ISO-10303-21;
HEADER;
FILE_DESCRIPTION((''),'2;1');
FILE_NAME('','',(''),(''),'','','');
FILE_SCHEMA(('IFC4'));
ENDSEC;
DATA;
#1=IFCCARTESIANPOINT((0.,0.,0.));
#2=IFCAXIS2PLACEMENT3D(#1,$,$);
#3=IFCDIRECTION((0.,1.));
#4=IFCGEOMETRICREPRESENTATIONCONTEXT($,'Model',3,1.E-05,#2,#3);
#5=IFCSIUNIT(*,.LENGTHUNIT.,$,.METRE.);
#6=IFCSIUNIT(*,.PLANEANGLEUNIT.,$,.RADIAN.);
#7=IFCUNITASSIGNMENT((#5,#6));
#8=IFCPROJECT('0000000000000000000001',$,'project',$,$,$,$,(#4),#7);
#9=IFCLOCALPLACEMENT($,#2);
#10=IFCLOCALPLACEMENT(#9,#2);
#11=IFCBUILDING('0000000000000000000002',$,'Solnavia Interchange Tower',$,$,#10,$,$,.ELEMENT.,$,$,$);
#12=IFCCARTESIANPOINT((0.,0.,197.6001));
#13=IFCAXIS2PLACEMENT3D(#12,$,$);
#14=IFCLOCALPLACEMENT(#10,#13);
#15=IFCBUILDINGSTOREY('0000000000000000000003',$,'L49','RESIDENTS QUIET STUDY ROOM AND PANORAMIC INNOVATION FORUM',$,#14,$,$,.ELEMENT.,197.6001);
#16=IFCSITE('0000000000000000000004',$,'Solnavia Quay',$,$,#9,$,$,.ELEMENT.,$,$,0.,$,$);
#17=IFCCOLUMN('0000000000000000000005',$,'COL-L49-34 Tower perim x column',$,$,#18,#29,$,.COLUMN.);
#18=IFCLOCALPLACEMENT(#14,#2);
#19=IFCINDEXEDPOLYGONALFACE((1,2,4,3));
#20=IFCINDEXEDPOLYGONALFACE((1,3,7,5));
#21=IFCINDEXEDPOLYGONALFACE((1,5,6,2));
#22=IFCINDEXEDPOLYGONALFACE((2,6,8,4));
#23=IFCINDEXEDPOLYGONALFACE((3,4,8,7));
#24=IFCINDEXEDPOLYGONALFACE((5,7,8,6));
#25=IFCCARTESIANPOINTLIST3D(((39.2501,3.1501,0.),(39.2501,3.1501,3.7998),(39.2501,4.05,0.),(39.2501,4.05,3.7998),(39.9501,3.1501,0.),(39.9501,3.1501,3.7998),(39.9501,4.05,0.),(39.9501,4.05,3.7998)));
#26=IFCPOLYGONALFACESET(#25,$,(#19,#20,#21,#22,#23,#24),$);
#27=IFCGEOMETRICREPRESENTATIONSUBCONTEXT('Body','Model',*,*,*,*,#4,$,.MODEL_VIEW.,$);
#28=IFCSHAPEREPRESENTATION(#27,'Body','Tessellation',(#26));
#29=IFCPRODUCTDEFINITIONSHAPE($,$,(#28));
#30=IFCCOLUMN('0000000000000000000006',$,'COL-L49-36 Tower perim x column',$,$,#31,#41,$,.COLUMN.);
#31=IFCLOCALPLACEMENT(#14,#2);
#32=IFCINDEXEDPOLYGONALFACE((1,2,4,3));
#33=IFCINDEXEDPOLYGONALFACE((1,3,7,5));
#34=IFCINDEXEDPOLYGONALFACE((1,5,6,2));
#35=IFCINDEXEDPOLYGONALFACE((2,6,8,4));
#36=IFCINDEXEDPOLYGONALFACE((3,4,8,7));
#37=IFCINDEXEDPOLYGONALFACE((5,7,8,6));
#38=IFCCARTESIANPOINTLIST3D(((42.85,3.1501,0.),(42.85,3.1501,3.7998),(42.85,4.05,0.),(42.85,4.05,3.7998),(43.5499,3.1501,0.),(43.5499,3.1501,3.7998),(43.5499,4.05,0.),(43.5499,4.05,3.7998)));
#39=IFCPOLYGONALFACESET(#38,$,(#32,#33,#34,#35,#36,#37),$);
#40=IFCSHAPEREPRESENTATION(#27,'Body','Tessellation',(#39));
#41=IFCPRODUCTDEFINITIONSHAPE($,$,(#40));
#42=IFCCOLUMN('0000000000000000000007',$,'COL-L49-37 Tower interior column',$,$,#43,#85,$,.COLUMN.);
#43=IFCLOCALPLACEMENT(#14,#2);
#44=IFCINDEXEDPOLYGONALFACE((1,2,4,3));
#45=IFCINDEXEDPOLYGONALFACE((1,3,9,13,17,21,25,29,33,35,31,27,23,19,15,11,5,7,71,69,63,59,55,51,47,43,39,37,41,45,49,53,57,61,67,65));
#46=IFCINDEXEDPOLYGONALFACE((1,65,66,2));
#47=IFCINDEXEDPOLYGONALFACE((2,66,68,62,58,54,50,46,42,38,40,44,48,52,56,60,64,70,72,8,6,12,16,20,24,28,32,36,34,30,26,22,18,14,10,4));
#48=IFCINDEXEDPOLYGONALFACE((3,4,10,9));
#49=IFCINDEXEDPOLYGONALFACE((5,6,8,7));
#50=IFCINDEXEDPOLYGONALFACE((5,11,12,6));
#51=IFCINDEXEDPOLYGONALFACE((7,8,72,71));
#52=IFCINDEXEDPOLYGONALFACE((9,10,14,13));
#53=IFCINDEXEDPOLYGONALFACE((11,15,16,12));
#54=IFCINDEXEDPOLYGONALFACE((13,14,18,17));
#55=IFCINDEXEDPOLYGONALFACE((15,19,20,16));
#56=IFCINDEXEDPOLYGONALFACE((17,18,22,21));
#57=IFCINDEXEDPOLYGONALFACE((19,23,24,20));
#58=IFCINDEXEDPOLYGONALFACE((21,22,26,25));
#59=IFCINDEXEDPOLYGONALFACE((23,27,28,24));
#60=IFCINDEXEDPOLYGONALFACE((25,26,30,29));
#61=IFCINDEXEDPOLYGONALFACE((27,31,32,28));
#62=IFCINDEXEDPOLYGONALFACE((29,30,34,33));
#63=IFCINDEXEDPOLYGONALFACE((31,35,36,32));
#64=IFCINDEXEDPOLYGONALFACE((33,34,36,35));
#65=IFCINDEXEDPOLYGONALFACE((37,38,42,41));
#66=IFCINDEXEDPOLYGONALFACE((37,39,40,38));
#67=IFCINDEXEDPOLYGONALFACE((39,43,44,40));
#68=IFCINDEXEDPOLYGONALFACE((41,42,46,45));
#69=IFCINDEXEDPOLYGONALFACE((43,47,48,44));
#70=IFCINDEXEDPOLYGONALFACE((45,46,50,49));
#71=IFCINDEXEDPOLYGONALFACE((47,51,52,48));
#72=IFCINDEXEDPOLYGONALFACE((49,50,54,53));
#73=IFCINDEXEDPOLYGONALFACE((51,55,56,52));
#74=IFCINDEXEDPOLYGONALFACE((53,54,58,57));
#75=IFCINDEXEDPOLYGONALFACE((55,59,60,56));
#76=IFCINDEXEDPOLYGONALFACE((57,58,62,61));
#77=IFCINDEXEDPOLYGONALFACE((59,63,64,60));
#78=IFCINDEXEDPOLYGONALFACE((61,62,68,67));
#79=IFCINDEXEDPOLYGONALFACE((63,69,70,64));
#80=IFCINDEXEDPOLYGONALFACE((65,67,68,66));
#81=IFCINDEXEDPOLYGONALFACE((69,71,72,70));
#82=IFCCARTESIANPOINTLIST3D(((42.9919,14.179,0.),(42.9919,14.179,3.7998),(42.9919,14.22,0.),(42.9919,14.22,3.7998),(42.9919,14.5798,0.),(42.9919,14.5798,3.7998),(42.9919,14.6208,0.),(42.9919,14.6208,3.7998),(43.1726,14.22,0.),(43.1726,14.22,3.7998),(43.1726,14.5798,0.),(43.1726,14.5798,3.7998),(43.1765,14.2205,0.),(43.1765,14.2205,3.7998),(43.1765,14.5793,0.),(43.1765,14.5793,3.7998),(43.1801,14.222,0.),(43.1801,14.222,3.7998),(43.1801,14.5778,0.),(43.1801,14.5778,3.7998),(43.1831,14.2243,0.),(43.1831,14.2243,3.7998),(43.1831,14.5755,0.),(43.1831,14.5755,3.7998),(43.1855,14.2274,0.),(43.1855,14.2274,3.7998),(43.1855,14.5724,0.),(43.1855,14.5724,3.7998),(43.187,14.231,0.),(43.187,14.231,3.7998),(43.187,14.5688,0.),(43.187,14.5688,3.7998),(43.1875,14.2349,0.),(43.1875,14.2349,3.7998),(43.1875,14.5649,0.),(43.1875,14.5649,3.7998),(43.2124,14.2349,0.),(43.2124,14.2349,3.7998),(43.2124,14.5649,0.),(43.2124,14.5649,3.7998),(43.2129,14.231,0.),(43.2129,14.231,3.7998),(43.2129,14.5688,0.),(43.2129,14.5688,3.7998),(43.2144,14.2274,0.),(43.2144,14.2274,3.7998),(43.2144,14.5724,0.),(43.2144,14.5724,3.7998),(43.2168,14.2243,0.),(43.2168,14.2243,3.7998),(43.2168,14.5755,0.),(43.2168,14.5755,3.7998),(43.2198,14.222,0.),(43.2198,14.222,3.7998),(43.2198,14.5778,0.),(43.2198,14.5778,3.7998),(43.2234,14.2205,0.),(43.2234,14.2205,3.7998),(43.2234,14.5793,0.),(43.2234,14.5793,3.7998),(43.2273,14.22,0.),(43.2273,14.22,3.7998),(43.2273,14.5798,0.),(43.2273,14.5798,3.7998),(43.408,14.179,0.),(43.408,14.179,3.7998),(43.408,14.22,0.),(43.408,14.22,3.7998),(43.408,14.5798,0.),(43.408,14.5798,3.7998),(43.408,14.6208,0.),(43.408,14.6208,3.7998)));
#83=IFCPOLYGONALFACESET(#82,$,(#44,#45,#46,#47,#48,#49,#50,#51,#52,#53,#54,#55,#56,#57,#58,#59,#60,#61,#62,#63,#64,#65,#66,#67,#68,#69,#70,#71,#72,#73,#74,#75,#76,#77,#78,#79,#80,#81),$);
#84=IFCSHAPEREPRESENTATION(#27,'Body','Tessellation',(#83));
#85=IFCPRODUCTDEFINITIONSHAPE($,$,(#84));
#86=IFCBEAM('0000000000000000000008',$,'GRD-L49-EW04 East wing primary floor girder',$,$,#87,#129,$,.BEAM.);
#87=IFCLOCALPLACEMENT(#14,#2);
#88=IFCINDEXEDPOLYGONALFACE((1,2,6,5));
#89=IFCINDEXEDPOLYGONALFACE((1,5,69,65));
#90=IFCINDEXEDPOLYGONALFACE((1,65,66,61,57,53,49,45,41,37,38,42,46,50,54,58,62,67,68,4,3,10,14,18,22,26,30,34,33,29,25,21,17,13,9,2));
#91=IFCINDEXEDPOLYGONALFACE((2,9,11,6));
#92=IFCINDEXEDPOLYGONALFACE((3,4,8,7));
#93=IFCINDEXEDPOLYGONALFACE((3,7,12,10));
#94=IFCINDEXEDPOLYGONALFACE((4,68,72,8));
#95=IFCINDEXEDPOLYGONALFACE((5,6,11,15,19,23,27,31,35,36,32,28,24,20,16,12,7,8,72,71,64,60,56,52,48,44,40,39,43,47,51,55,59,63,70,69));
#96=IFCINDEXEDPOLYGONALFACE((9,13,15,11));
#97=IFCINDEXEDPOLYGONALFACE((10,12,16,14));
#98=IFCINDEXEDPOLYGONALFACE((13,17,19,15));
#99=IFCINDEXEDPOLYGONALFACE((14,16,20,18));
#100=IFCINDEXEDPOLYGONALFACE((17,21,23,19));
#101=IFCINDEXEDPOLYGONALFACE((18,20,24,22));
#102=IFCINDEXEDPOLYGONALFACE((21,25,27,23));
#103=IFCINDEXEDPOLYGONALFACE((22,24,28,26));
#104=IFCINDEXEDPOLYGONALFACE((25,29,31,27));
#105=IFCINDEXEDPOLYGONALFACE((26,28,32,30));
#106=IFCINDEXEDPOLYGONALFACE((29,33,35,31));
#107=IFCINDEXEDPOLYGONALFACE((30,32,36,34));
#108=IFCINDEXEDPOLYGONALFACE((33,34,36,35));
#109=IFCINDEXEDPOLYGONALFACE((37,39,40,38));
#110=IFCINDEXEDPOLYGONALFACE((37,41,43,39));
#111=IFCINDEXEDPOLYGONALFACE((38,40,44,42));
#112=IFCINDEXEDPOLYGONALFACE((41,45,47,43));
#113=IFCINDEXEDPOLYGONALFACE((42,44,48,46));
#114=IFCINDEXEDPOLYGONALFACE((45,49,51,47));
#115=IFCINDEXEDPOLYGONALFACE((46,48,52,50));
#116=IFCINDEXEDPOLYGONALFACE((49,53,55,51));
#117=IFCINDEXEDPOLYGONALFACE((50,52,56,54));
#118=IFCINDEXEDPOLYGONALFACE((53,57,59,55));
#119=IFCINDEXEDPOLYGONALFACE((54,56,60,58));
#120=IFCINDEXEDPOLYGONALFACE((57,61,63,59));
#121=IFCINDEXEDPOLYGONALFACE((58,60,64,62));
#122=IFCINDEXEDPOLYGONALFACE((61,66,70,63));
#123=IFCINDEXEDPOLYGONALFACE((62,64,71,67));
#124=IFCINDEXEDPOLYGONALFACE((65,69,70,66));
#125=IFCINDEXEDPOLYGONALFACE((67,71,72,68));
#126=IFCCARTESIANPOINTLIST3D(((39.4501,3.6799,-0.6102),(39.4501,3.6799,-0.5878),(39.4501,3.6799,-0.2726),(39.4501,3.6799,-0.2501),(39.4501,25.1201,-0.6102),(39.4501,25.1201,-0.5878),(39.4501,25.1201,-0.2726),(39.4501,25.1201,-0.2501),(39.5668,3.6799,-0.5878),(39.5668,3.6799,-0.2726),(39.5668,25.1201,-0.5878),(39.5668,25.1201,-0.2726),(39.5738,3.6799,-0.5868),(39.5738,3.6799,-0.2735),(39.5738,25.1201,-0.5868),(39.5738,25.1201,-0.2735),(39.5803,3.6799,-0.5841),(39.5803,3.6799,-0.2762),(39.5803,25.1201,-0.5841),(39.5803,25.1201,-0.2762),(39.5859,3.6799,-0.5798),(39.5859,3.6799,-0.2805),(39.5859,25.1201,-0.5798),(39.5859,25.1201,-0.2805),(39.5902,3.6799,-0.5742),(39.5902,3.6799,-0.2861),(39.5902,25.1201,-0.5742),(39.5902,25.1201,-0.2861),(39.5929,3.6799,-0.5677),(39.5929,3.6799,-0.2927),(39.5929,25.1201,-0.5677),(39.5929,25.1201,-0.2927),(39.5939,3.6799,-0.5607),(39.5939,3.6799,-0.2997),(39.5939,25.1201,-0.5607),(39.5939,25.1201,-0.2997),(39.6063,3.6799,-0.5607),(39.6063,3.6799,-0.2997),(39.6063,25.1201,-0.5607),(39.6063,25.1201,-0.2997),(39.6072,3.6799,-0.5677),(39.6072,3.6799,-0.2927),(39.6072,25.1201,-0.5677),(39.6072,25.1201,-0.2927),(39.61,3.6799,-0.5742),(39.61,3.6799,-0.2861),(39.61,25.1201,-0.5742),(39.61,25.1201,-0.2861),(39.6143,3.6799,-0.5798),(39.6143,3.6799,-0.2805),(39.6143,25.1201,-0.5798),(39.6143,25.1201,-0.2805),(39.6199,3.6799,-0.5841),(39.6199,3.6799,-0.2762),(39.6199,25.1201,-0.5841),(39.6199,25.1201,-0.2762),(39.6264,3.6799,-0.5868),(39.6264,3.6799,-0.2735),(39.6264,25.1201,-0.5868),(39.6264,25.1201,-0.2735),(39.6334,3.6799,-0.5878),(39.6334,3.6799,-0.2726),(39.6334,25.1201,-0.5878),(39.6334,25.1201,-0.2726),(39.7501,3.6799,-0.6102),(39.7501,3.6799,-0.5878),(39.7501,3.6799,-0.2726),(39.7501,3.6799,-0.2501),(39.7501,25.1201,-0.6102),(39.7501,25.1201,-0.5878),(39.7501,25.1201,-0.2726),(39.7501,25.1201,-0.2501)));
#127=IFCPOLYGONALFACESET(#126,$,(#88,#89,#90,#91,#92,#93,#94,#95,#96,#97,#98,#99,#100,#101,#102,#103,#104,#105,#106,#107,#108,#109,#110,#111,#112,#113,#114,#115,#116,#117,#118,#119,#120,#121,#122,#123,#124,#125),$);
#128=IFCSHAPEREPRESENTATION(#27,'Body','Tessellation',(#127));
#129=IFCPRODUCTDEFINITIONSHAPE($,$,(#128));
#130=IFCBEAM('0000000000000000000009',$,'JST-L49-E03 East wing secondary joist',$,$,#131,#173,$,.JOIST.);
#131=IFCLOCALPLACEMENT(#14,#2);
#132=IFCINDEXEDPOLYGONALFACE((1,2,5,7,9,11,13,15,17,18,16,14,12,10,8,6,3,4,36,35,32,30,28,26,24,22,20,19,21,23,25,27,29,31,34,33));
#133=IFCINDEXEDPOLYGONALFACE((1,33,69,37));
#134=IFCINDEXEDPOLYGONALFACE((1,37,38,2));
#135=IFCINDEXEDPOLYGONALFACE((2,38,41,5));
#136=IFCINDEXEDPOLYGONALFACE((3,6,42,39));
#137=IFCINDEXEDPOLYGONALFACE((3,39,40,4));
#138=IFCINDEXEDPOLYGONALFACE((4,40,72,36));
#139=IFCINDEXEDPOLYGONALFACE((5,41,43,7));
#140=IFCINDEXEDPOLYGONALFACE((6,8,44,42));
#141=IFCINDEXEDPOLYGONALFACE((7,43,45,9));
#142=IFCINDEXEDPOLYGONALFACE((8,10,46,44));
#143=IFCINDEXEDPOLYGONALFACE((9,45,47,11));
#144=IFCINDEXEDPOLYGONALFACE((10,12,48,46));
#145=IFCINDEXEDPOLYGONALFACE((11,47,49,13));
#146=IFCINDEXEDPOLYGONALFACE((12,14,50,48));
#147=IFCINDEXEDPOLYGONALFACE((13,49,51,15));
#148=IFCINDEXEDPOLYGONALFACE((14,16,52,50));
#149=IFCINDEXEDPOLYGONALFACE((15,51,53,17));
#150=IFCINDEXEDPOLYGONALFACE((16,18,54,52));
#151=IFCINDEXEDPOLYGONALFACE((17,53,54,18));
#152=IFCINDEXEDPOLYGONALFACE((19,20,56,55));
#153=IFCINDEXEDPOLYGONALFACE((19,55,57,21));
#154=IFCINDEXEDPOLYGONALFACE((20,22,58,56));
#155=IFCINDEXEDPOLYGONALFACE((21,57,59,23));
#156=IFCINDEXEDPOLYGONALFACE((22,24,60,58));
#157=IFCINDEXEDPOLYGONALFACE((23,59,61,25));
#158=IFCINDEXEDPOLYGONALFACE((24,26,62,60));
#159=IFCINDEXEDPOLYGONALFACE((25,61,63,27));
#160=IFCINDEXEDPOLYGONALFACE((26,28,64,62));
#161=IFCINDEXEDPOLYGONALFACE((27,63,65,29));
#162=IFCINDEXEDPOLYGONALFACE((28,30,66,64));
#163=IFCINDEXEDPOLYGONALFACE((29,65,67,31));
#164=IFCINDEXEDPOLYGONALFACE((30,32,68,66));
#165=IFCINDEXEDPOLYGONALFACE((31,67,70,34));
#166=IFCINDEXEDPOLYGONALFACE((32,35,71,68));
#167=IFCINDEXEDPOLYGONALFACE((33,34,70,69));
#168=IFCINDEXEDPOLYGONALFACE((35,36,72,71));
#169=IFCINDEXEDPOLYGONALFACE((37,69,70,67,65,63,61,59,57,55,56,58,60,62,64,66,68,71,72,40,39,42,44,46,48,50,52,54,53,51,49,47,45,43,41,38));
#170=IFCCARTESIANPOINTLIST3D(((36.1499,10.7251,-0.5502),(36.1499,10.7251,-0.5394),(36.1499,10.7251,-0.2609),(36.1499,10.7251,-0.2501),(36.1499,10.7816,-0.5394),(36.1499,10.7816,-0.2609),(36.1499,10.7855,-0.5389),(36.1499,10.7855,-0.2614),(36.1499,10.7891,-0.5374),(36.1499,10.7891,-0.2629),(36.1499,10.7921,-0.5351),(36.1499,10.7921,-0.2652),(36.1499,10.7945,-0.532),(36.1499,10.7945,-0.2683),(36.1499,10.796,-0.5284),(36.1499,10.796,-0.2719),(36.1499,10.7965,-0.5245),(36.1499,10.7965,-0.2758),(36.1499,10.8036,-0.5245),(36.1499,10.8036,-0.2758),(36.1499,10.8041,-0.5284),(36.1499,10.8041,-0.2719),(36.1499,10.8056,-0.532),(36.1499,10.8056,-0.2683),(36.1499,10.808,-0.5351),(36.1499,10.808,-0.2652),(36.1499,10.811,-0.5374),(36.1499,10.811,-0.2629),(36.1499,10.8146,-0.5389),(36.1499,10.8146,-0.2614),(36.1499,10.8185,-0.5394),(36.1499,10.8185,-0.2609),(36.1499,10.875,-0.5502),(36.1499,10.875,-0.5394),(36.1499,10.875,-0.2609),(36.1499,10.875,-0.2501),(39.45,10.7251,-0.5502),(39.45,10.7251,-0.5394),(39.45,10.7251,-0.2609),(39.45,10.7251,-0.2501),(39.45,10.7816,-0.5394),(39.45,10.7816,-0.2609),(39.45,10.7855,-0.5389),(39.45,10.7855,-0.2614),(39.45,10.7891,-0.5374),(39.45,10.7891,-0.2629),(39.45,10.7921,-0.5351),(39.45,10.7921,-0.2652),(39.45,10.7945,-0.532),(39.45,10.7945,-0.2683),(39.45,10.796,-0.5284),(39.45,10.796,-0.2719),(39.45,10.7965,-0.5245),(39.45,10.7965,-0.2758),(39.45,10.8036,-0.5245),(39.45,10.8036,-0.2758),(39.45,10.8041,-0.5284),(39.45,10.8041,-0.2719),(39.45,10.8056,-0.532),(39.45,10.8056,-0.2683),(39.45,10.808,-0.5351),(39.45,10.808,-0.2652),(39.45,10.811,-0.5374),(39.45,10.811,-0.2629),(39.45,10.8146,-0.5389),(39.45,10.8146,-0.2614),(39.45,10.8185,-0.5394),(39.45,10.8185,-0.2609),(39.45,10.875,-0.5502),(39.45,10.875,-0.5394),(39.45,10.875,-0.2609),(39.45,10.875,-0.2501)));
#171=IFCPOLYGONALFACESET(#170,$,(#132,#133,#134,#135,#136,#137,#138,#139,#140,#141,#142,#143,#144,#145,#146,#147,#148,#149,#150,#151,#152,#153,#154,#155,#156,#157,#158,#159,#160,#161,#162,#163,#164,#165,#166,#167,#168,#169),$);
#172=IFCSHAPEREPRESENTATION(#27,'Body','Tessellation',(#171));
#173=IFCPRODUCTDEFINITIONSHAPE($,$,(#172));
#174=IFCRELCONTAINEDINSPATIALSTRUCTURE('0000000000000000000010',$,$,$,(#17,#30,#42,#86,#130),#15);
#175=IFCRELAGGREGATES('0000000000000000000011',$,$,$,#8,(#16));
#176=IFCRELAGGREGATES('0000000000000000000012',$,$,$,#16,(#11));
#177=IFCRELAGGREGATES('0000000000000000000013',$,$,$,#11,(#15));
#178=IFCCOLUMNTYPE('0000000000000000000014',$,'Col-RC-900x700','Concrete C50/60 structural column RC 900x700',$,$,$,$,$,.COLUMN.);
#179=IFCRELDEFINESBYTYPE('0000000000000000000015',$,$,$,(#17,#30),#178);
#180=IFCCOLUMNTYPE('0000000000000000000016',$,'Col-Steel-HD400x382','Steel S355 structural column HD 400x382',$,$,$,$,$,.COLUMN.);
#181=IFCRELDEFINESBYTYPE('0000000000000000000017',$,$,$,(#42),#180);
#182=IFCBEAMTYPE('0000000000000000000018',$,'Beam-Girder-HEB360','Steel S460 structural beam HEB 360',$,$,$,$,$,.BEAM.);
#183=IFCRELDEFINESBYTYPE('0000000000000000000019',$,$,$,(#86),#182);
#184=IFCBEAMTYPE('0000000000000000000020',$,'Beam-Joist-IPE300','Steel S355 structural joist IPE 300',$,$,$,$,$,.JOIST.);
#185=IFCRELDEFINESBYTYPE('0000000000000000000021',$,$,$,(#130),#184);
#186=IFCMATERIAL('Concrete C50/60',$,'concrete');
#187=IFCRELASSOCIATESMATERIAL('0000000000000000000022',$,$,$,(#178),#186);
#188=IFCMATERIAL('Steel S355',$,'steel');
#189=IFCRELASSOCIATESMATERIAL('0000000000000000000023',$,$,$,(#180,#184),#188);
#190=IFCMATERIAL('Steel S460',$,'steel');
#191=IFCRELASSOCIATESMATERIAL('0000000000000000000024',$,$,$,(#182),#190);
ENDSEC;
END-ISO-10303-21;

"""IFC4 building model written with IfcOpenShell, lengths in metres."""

from ifc_helpers import new_model, si_unit, direction, frame, origin, origin_2d, place, context, subcontext, project, spatial, rectangle, i_section, extrude, material, material_profile, profile_set, type_object, element, save


model = new_model("IFC4")

# Units and contexts
model_context = context("Model", 3, precision=1e-05, world=origin(), true_north=direction((0.0, 1.0)))
body_context = subcontext(model_context, "Body", "Model", "MODEL_VIEW")
ifc_project = project(units=[si_unit("LENGTHUNIT", "METRE"), si_unit("PLANEANGLEUNIT", "RADIAN")], contexts=[model_context])

# Site, building, storey
site_placement = place(None, origin())
site = spatial("IfcSite", under=ifc_project, at=site_placement, Name="Solnavia Quay", CompositionType="ELEMENT", RefElevation=0.0)
building_placement = place(site_placement, origin())
building = spatial("IfcBuilding", under=site, at=building_placement, Name="Solnavia Interchange Tower", CompositionType="ELEMENT")
storey_placement = place(building_placement, frame((0.0, 0.0, 197.6001)))
storey = spatial("IfcBuildingStorey", under=building, at=storey_placement, Name="L49", Description="RESIDENTS QUIET STUDY ROOM AND PANORAMIC INNOVATION FORUM", CompositionType="ELEMENT", Elevation=197.6001)

# Columns
ifc_material_1 = material(Name="Concrete C50/60", Category="concrete")
ifc_material_profile_1 = material_profile(ifc_material_1, rectangle(XDim=0.7, YDim=0.8999, at=origin_2d()), Name="RC 900x700")
ifc_profile_set_1 = profile_set([ifc_material_profile_1], Name="Concrete C50/60")
column_type_1 = type_object("IfcColumnType", Name="Col-RC-900x700", Description="Concrete C50/60 structural column RC 900x700", PredefinedType="COLUMN", material=ifc_profile_set_1)
for number, where, z_axis, x_axis, name in (
    (1, (39.6001, 3.6001, 0.0), (0.0, 0.0, 1.0), (1.0, 0.0, 0.0), "COL-L49-34 Tower perim x column"),
    (2, (43.2, 3.6001, 0.0), (0.0, 0.0, 1.0), (1.0, 0.0, 0.0), "COL-L49-36 Tower perim x column"),
):
    element("IfcColumn", number, at=place(storey_placement, frame(where, z_axis=z_axis, x_axis=x_axis)), inside=storey, type_object=column_type_1, Name=name, PredefinedType="COLUMN", context=body_context, shape_type="SweptSolid", body=[
        extrude(rectangle(XDim=0.7, YDim=0.8999, at=origin_2d()), origin(), (0.0, 0.0, 1.0), 3.7998),
    ])
ifc_material_2 = material(Name="Steel S355", Category="steel")
ifc_material_profile_2 = material_profile(ifc_material_2, i_section(OverallWidth=0.416, OverallDepth=0.4419, WebThickness=0.0249, FlangeThickness=0.041, FilletRadius=0.0149, at=origin_2d()), Name="HD 400x382")
ifc_profile_set_2 = profile_set([ifc_material_profile_2], Name="Steel S355")
column_type_2 = type_object("IfcColumnType", Name="Col-Steel-HD400x382", Description="Steel S355 structural column HD 400x382", PredefinedType="COLUMN", material=ifc_profile_set_2)
column_placement = place(storey_placement, frame((43.2, 14.3999, 0.0), z_axis=(0.0, 0.0, 1.0), x_axis=(1.0, 0.0, 0.0)))
element("IfcColumn", 3, at=column_placement, inside=storey, type_object=column_type_2, Name="COL-L49-37 Tower interior column", PredefinedType="COLUMN", context=body_context, shape_type="SweptSolid", body=[
    extrude(i_section(OverallWidth=0.416, OverallDepth=0.4419, WebThickness=0.0249, FlangeThickness=0.041, FilletRadius=0.0149, at=origin_2d()), origin(), (0.0, 0.0, 1.0), 3.7998),
])

# Beams
ifc_material_3 = material(Name="Steel S460", Category="steel")
ifc_material_profile_3 = material_profile(ifc_material_3, i_section(OverallWidth=0.3, OverallDepth=0.3601, WebThickness=0.0125, FlangeThickness=0.0225, FilletRadius=0.0271, at=origin_2d()), Name="HEB 360")
ifc_profile_set_3 = profile_set([ifc_material_profile_3], Name="Steel S460")
beam_type_1 = type_object("IfcBeamType", Name="Beam-Girder-HEB360", Description="Steel S460 structural beam HEB 360", PredefinedType="BEAM", material=ifc_profile_set_3)
beam_1_placement = place(storey_placement, frame((39.6001, 3.6799, -0.4302), z_axis=(0.0, 1.0, 0.0), x_axis=(-1.0, 0.0, 0.0)))
element("IfcBeam", 4, at=beam_1_placement, inside=storey, type_object=beam_type_1, Name="GRD-L49-EW04 East wing primary floor girder", PredefinedType="BEAM", context=body_context, shape_type="SweptSolid", body=[
    extrude(i_section(OverallWidth=0.3, OverallDepth=0.3601, WebThickness=0.0125, FlangeThickness=0.0225, FilletRadius=0.0271, at=origin_2d()), origin(), (0.0, 0.0, 1.0), 21.4402),
])
ifc_material_profile_4 = material_profile(ifc_material_2, i_section(OverallWidth=0.1499, OverallDepth=0.3, WebThickness=0.0071, FlangeThickness=0.0107, FilletRadius=0.0149, at=origin_2d()), Name="IPE 300")
ifc_profile_set_4 = profile_set([ifc_material_profile_4], Name="Steel S355")
beam_type_2 = type_object("IfcBeamType", Name="Beam-Joist-IPE300", Description="Steel S355 structural joist IPE 300", PredefinedType="JOIST", material=ifc_profile_set_4)
beam_2_placement = place(storey_placement, frame((36.1499, 10.8, -0.4001), z_axis=(1.0, 0.0, 0.0), x_axis=(0.0, 1.0, 0.0)))
element("IfcBeam", 5, at=beam_2_placement, inside=storey, type_object=beam_type_2, Name="JST-L49-E03 East wing secondary joist", PredefinedType="JOIST", context=body_context, shape_type="SweptSolid", body=[
    extrude(i_section(OverallWidth=0.1499, OverallDepth=0.3, WebThickness=0.0071, FlangeThickness=0.0107, FilletRadius=0.0149, at=origin_2d()), origin(), (0.0, 0.0, 1.0), 3.3),
])

save(model, "model.ifc")
